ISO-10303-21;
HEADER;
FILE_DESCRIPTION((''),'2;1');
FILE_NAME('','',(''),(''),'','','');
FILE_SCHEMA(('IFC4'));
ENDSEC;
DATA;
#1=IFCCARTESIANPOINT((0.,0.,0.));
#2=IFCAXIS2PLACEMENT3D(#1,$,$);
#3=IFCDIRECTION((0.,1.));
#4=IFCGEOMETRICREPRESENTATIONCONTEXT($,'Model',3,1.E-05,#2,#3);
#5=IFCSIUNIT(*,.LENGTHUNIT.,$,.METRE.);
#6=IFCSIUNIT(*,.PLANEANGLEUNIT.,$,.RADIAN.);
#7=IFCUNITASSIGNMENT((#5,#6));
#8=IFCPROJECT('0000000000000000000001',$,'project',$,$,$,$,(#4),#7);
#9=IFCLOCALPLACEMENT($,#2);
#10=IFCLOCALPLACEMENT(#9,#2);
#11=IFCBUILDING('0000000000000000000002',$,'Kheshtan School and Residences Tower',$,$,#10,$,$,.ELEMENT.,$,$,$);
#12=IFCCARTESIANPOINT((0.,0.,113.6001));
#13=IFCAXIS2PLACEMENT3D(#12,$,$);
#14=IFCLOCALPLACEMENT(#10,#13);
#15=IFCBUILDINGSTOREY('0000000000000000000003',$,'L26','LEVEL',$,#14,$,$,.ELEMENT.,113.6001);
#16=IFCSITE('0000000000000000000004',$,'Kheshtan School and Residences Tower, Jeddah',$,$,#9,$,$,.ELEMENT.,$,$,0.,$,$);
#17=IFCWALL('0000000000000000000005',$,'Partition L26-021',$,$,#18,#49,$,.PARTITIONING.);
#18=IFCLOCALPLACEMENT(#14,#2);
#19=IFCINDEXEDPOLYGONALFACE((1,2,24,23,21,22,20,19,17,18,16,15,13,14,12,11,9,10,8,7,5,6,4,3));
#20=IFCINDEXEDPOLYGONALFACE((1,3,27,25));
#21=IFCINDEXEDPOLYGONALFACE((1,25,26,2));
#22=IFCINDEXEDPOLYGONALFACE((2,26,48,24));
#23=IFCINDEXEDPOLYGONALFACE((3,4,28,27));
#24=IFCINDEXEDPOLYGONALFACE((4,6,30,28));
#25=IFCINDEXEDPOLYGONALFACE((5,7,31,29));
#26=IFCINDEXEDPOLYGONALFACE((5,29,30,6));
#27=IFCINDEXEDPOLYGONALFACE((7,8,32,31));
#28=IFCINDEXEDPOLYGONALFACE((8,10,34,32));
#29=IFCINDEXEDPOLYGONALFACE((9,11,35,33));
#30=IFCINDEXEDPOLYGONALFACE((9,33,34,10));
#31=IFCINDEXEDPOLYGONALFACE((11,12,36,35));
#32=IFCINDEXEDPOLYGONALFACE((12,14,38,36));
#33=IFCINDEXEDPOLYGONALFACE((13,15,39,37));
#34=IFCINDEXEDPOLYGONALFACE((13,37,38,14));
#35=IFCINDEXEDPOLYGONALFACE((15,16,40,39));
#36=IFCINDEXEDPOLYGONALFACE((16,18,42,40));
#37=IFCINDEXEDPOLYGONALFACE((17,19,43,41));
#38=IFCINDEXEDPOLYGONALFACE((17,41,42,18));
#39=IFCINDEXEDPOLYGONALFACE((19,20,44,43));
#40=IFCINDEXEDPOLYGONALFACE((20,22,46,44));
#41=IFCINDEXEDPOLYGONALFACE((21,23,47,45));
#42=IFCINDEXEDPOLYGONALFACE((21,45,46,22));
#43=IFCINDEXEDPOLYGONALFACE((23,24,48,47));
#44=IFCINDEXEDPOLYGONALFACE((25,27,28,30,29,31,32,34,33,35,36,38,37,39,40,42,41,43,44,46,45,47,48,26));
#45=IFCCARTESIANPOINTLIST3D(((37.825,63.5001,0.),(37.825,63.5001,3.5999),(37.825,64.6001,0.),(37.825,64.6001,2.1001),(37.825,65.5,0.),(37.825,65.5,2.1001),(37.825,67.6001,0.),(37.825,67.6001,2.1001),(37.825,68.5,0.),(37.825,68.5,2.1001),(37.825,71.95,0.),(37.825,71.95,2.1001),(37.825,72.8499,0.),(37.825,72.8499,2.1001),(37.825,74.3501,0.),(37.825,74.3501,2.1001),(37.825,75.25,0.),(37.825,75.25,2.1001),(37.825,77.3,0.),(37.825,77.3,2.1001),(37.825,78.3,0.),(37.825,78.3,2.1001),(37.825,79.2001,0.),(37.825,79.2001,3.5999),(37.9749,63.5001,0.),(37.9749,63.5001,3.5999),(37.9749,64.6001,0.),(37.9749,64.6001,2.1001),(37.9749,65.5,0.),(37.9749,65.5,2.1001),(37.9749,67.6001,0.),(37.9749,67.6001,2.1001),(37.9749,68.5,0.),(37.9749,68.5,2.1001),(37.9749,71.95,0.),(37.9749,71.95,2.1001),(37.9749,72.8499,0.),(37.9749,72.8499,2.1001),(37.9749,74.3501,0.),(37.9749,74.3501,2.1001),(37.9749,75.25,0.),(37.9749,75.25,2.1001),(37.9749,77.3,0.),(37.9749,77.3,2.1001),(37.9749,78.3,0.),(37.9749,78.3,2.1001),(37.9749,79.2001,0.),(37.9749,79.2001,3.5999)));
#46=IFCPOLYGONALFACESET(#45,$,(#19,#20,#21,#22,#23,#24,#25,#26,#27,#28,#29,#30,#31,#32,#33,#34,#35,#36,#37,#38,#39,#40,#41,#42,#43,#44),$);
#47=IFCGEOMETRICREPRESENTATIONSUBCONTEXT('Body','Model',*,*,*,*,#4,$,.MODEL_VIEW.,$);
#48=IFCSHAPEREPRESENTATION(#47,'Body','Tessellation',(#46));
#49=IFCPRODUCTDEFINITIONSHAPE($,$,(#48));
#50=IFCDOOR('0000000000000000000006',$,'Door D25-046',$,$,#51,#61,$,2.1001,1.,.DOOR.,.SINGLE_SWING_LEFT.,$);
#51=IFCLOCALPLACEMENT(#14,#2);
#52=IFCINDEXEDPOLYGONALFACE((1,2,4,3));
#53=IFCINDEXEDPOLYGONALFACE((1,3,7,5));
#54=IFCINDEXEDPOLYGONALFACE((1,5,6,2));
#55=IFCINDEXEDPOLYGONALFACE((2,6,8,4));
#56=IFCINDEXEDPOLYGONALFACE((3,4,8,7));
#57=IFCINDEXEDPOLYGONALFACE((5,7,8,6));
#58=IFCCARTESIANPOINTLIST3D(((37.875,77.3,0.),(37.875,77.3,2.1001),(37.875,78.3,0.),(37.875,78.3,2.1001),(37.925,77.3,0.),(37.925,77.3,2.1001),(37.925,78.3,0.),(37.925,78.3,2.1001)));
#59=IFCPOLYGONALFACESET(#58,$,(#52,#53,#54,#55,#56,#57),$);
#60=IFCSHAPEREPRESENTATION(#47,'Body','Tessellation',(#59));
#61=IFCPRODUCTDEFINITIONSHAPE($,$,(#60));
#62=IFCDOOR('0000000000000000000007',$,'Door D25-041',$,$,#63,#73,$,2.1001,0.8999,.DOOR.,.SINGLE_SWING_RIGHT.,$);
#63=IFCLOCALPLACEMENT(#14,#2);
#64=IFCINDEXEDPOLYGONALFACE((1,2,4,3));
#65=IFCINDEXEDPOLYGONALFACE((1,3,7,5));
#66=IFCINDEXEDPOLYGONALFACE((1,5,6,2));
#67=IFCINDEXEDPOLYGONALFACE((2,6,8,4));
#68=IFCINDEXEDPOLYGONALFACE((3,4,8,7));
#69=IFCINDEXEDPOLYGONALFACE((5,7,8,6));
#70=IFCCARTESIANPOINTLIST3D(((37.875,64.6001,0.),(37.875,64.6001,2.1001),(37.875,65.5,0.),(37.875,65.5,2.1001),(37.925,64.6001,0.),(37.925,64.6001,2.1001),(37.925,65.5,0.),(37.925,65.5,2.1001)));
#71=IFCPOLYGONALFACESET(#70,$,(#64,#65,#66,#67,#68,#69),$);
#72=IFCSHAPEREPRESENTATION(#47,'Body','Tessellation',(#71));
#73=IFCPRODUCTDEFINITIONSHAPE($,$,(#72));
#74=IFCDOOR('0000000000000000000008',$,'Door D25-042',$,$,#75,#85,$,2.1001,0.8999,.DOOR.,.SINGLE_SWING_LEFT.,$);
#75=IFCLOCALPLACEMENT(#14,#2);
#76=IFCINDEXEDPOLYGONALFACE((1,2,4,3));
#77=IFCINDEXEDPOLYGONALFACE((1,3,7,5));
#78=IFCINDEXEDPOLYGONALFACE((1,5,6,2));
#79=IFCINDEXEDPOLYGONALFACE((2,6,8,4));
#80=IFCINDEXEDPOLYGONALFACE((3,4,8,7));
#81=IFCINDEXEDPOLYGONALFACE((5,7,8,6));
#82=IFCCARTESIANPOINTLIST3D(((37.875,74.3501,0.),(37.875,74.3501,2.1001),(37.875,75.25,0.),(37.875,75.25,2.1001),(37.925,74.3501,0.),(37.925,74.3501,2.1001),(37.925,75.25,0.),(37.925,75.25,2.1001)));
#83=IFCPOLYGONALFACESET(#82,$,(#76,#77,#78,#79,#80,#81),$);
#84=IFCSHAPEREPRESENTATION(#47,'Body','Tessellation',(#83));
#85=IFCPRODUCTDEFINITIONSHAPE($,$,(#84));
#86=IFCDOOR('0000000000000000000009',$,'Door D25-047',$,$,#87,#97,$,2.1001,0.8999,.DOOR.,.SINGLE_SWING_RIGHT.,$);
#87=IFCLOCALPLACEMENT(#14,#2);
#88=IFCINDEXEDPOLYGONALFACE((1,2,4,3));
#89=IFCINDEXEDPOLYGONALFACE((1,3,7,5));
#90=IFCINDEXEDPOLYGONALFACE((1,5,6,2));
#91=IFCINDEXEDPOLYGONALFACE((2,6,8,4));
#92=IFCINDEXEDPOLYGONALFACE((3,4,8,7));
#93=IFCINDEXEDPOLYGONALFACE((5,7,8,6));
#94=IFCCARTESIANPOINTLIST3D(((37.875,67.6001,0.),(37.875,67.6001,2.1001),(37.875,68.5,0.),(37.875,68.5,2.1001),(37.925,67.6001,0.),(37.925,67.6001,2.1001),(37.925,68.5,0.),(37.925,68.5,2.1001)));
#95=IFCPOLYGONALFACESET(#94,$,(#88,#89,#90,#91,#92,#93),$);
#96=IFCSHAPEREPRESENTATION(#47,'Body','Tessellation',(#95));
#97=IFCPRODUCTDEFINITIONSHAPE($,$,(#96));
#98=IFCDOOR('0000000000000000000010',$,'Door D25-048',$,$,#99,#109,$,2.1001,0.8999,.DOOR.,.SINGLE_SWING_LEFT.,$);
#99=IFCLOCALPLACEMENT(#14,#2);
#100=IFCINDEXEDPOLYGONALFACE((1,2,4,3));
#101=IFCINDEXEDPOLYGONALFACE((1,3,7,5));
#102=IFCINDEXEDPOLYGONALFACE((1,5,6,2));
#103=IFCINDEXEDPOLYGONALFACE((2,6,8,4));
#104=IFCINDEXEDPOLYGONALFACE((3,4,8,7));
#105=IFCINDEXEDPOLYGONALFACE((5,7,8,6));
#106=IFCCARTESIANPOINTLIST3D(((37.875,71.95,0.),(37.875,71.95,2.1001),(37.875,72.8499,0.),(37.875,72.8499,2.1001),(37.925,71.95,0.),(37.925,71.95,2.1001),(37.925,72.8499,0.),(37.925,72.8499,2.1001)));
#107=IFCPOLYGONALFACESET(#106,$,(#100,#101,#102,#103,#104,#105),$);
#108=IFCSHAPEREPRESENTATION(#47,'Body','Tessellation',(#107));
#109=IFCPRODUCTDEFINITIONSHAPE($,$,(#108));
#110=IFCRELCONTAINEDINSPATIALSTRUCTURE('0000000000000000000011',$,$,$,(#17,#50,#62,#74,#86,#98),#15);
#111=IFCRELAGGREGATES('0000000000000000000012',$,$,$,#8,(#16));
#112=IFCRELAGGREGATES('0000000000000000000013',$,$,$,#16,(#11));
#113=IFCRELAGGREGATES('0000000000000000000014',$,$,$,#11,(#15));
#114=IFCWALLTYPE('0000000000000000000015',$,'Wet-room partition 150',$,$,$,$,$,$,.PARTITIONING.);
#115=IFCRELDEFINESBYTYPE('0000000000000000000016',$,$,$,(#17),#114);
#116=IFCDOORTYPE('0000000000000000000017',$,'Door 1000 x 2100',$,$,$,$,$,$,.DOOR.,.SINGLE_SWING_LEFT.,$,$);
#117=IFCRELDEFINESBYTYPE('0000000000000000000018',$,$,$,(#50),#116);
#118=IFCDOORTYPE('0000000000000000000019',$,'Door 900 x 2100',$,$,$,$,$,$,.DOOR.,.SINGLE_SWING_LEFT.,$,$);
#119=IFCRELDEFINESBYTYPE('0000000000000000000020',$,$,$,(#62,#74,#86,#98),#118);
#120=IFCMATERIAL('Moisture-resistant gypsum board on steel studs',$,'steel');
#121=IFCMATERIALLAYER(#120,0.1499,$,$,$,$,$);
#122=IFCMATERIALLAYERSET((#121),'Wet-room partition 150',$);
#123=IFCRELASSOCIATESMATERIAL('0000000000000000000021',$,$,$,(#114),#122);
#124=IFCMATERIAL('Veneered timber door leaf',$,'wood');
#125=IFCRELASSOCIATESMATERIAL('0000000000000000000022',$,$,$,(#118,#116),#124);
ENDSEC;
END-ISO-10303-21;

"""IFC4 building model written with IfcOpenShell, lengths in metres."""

from ifc_helpers import new_model, si_unit, direction, frame, frame_2d, origin, place, context, subcontext, project, spatial, rectangle, extrude, source, transform, mapped, material, layer, layer_set, type_object, element, fill, save


model = new_model("IFC4")

# Units and contexts
model_context = context("Model", 3, precision=1e-05, world=origin(), true_north=direction((0.0, 1.0)))
body_context = subcontext(model_context, "Body", "Model", "MODEL_VIEW")
ifc_project = project(units=[si_unit("LENGTHUNIT", "METRE"), si_unit("PLANEANGLEUNIT", "RADIAN")], contexts=[model_context])

# Site, building, storey
site_placement = place(None, origin())
site = spatial("IfcSite", under=ifc_project, at=site_placement, Name="Kheshtan School and Residences Tower, Jeddah", CompositionType="ELEMENT", RefElevation=0.0)
building_placement = place(site_placement, origin())
building = spatial("IfcBuilding", under=site, at=building_placement, Name="Kheshtan School and Residences Tower", CompositionType="ELEMENT")
storey_placement = place(building_placement, frame((0.0, 0.0, 113.6001)))
storey = spatial("IfcBuildingStorey", under=building, at=storey_placement, Name="L26", Description="LEVEL", CompositionType="ELEMENT", Elevation=113.6001)

# Shared definitions
ifc_material_1 = material(Name="Moisture-resistant gypsum board on steel studs", Category="steel")
ifc_layer_1 = layer(ifc_material_1, 0.1499)
ifc_layer_set_1 = layer_set([ifc_layer_1], Name="Wet-room partition 150")
wall_type_1 = type_object("IfcWallType", Name="Wet-room partition 150", PredefinedType="PARTITIONING", material=ifc_layer_set_1)

# Wall, openings, doors
ifc_material_2 = material(Name="Veneered timber door leaf", Category="wood")
door_type_1 = type_object("IfcDoorType", Name="Door 900 x 2100", OperationType="SINGLE_SWING_LEFT", PredefinedType="DOOR", material=ifc_material_2)
shared_shape_1 = source(origin(), body_context, "Body", "SweptSolid", [
    extrude(rectangle(XDim=0.8999, YDim=2.1001, at=frame_2d((0.45, 1.05))), frame((0.0, 0.0249, 0.0), z_axis=(0.0, -1.0, 0.0), x_axis=(1.0, 0.0, 0.0)), (0.0, 0.0, 1.0), 0.05),
])
wall_1_placement = place(storey_placement, frame((37.8999, 63.5, 0.0), z_axis=(0.0, 0.0, 1.0), x_axis=(0.0, 1.0, 0.0)))
wall_1 = element("IfcWall", 1, at=wall_1_placement, inside=storey, type_object=wall_type_1, Name="Partition L26-021", PredefinedType="PARTITIONING", context=body_context, shape_type="SweptSolid", body=[
    extrude(rectangle(XDim=15.7, YDim=0.1499, at=frame_2d((7.8501, 0.0))), origin(), (0.0, 0.0, 1.0), 3.5999),
])
opening_1_placement = place(wall_1_placement, frame((1.1001, 0.0, 0.0)))
opening_1 = element("IfcOpeningElement", 2, at=opening_1_placement, cuts=wall_1, PredefinedType="OPENING", context=body_context, shape_type="SweptSolid", body=[
    extrude(rectangle(XDim=0.8999, YDim=2.1001, at=frame_2d((0.45, 1.05))), frame((0.0, 0.085, 0.0), z_axis=(0.0, -1.0, 0.0), x_axis=(1.0, 0.0, 0.0)), (0.0, 0.0, 1.0), 0.1699),
])
opening_2_placement = place(wall_1_placement, frame((10.8501, 0.0, 0.0)))
opening_2 = element("IfcOpeningElement", 3, at=opening_2_placement, cuts=wall_1, PredefinedType="OPENING", context=body_context, shape_type="SweptSolid", body=[
    extrude(rectangle(XDim=0.8999, YDim=2.1001, at=frame_2d((0.45, 1.05))), frame((0.0, 0.085, 0.0), z_axis=(0.0, -1.0, 0.0), x_axis=(1.0, 0.0, 0.0)), (0.0, 0.0, 1.0), 0.1699),
])
opening_3_placement = place(wall_1_placement, frame((13.8, 0.0, 0.0)))
opening_3 = element("IfcOpeningElement", 4, at=opening_3_placement, cuts=wall_1, PredefinedType="OPENING", context=body_context, shape_type="SweptSolid", body=[
    extrude(rectangle(XDim=1.0, YDim=2.1001, at=frame_2d((0.5, 1.05))), frame((0.0, 0.085, 0.0), z_axis=(0.0, -1.0, 0.0), x_axis=(1.0, 0.0, 0.0)), (0.0, 0.0, 1.0), 0.1699),
])
opening_4_placement = place(wall_1_placement, frame((4.1001, 0.0, 0.0)))
opening_4 = element("IfcOpeningElement", 5, at=opening_4_placement, cuts=wall_1, PredefinedType="OPENING", context=body_context, shape_type="SweptSolid", body=[
    extrude(rectangle(XDim=0.8999, YDim=2.1001, at=frame_2d((0.45, 1.05))), frame((0.0, 0.085, 0.0), z_axis=(0.0, -1.0, 0.0), x_axis=(1.0, 0.0, 0.0)), (0.0, 0.0, 1.0), 0.1699),
])
opening_5_placement = place(wall_1_placement, frame((8.45, 0.0, 0.0)))
opening_5 = element("IfcOpeningElement", 6, at=opening_5_placement, cuts=wall_1, PredefinedType="OPENING", context=body_context, shape_type="SweptSolid", body=[
    extrude(rectangle(XDim=0.8999, YDim=2.1001, at=frame_2d((0.45, 1.05))), frame((0.0, 0.085, 0.0), z_axis=(0.0, -1.0, 0.0), x_axis=(1.0, 0.0, 0.0)), (0.0, 0.0, 1.0), 0.1699),
])
door_type_2 = type_object("IfcDoorType", Name="Door 1000 x 2100", OperationType="SINGLE_SWING_LEFT", PredefinedType="DOOR", material=ifc_material_2)
shared_shape_2 = source(origin(), body_context, "Body", "SweptSolid", [
    extrude(rectangle(XDim=1.0, YDim=2.1001, at=frame_2d((0.5, 1.05))), frame((0.0, 0.0249, 0.0), z_axis=(0.0, -1.0, 0.0), x_axis=(1.0, 0.0, 0.0)), (0.0, 0.0, 1.0), 0.05),
])
door_1_placement = place(opening_3_placement, origin())
door_1 = element("IfcDoor", 7, at=door_1_placement, inside=storey, type_object=door_type_2, Name="Door D25-046", OperationType="SINGLE_SWING_LEFT", OverallHeight=2.1001, OverallWidth=1.0, PredefinedType="DOOR", context=body_context, shape_type="MappedRepresentation", body=[
    mapped(shared_shape_2, transform((0.0, 0.0, 0.0), x_axis=(1.0, 0.0, 0.0), y_axis=(0.0, 1.0, 0.0), z_axis=(0.0, 0.0, 1.0), scale=1.0)),
])
fill(opening_3, door_1)
door_2_placement = place(opening_1_placement, origin())
door_2 = element("IfcDoor", 8, at=door_2_placement, inside=storey, type_object=door_type_1, Name="Door D25-041", OperationType="SINGLE_SWING_RIGHT", OverallHeight=2.1001, OverallWidth=0.8999, PredefinedType="DOOR", context=body_context, shape_type="MappedRepresentation", body=[
    mapped(shared_shape_1, transform((0.0, 0.0, 0.0), x_axis=(1.0, 0.0, 0.0), y_axis=(0.0, 1.0, 0.0), z_axis=(0.0, 0.0, 1.0), scale=1.0)),
])
fill(opening_1, door_2)
door_3_placement = place(opening_2_placement, origin())
door_3 = element("IfcDoor", 9, at=door_3_placement, inside=storey, type_object=door_type_1, Name="Door D25-042", OperationType="SINGLE_SWING_LEFT", OverallHeight=2.1001, OverallWidth=0.8999, PredefinedType="DOOR", context=body_context, shape_type="MappedRepresentation", body=[
    mapped(shared_shape_1, transform((0.0, 0.0, 0.0), x_axis=(1.0, 0.0, 0.0), y_axis=(0.0, 1.0, 0.0), z_axis=(0.0, 0.0, 1.0), scale=1.0)),
])
fill(opening_2, door_3)
door_4_placement = place(opening_4_placement, origin())
door_4 = element("IfcDoor", 10, at=door_4_placement, inside=storey, type_object=door_type_1, Name="Door D25-047", OperationType="SINGLE_SWING_RIGHT", OverallHeight=2.1001, OverallWidth=0.8999, PredefinedType="DOOR", context=body_context, shape_type="MappedRepresentation", body=[
    mapped(shared_shape_1, transform((0.0, 0.0, 0.0), x_axis=(1.0, 0.0, 0.0), y_axis=(0.0, 1.0, 0.0), z_axis=(0.0, 0.0, 1.0), scale=1.0)),
])
fill(opening_4, door_4)
door_5_placement = place(opening_5_placement, origin())
door_5 = element("IfcDoor", 11, at=door_5_placement, inside=storey, type_object=door_type_1, Name="Door D25-048", OperationType="SINGLE_SWING_LEFT", OverallHeight=2.1001, OverallWidth=0.8999, PredefinedType="DOOR", context=body_context, shape_type="MappedRepresentation", body=[
    mapped(shared_shape_1, transform((0.0, 0.0, 0.0), x_axis=(1.0, 0.0, 0.0), y_axis=(0.0, 1.0, 0.0), z_axis=(0.0, 0.0, 1.0), scale=1.0)),
])
fill(opening_5, door_5)

save(model, "model.ifc")
